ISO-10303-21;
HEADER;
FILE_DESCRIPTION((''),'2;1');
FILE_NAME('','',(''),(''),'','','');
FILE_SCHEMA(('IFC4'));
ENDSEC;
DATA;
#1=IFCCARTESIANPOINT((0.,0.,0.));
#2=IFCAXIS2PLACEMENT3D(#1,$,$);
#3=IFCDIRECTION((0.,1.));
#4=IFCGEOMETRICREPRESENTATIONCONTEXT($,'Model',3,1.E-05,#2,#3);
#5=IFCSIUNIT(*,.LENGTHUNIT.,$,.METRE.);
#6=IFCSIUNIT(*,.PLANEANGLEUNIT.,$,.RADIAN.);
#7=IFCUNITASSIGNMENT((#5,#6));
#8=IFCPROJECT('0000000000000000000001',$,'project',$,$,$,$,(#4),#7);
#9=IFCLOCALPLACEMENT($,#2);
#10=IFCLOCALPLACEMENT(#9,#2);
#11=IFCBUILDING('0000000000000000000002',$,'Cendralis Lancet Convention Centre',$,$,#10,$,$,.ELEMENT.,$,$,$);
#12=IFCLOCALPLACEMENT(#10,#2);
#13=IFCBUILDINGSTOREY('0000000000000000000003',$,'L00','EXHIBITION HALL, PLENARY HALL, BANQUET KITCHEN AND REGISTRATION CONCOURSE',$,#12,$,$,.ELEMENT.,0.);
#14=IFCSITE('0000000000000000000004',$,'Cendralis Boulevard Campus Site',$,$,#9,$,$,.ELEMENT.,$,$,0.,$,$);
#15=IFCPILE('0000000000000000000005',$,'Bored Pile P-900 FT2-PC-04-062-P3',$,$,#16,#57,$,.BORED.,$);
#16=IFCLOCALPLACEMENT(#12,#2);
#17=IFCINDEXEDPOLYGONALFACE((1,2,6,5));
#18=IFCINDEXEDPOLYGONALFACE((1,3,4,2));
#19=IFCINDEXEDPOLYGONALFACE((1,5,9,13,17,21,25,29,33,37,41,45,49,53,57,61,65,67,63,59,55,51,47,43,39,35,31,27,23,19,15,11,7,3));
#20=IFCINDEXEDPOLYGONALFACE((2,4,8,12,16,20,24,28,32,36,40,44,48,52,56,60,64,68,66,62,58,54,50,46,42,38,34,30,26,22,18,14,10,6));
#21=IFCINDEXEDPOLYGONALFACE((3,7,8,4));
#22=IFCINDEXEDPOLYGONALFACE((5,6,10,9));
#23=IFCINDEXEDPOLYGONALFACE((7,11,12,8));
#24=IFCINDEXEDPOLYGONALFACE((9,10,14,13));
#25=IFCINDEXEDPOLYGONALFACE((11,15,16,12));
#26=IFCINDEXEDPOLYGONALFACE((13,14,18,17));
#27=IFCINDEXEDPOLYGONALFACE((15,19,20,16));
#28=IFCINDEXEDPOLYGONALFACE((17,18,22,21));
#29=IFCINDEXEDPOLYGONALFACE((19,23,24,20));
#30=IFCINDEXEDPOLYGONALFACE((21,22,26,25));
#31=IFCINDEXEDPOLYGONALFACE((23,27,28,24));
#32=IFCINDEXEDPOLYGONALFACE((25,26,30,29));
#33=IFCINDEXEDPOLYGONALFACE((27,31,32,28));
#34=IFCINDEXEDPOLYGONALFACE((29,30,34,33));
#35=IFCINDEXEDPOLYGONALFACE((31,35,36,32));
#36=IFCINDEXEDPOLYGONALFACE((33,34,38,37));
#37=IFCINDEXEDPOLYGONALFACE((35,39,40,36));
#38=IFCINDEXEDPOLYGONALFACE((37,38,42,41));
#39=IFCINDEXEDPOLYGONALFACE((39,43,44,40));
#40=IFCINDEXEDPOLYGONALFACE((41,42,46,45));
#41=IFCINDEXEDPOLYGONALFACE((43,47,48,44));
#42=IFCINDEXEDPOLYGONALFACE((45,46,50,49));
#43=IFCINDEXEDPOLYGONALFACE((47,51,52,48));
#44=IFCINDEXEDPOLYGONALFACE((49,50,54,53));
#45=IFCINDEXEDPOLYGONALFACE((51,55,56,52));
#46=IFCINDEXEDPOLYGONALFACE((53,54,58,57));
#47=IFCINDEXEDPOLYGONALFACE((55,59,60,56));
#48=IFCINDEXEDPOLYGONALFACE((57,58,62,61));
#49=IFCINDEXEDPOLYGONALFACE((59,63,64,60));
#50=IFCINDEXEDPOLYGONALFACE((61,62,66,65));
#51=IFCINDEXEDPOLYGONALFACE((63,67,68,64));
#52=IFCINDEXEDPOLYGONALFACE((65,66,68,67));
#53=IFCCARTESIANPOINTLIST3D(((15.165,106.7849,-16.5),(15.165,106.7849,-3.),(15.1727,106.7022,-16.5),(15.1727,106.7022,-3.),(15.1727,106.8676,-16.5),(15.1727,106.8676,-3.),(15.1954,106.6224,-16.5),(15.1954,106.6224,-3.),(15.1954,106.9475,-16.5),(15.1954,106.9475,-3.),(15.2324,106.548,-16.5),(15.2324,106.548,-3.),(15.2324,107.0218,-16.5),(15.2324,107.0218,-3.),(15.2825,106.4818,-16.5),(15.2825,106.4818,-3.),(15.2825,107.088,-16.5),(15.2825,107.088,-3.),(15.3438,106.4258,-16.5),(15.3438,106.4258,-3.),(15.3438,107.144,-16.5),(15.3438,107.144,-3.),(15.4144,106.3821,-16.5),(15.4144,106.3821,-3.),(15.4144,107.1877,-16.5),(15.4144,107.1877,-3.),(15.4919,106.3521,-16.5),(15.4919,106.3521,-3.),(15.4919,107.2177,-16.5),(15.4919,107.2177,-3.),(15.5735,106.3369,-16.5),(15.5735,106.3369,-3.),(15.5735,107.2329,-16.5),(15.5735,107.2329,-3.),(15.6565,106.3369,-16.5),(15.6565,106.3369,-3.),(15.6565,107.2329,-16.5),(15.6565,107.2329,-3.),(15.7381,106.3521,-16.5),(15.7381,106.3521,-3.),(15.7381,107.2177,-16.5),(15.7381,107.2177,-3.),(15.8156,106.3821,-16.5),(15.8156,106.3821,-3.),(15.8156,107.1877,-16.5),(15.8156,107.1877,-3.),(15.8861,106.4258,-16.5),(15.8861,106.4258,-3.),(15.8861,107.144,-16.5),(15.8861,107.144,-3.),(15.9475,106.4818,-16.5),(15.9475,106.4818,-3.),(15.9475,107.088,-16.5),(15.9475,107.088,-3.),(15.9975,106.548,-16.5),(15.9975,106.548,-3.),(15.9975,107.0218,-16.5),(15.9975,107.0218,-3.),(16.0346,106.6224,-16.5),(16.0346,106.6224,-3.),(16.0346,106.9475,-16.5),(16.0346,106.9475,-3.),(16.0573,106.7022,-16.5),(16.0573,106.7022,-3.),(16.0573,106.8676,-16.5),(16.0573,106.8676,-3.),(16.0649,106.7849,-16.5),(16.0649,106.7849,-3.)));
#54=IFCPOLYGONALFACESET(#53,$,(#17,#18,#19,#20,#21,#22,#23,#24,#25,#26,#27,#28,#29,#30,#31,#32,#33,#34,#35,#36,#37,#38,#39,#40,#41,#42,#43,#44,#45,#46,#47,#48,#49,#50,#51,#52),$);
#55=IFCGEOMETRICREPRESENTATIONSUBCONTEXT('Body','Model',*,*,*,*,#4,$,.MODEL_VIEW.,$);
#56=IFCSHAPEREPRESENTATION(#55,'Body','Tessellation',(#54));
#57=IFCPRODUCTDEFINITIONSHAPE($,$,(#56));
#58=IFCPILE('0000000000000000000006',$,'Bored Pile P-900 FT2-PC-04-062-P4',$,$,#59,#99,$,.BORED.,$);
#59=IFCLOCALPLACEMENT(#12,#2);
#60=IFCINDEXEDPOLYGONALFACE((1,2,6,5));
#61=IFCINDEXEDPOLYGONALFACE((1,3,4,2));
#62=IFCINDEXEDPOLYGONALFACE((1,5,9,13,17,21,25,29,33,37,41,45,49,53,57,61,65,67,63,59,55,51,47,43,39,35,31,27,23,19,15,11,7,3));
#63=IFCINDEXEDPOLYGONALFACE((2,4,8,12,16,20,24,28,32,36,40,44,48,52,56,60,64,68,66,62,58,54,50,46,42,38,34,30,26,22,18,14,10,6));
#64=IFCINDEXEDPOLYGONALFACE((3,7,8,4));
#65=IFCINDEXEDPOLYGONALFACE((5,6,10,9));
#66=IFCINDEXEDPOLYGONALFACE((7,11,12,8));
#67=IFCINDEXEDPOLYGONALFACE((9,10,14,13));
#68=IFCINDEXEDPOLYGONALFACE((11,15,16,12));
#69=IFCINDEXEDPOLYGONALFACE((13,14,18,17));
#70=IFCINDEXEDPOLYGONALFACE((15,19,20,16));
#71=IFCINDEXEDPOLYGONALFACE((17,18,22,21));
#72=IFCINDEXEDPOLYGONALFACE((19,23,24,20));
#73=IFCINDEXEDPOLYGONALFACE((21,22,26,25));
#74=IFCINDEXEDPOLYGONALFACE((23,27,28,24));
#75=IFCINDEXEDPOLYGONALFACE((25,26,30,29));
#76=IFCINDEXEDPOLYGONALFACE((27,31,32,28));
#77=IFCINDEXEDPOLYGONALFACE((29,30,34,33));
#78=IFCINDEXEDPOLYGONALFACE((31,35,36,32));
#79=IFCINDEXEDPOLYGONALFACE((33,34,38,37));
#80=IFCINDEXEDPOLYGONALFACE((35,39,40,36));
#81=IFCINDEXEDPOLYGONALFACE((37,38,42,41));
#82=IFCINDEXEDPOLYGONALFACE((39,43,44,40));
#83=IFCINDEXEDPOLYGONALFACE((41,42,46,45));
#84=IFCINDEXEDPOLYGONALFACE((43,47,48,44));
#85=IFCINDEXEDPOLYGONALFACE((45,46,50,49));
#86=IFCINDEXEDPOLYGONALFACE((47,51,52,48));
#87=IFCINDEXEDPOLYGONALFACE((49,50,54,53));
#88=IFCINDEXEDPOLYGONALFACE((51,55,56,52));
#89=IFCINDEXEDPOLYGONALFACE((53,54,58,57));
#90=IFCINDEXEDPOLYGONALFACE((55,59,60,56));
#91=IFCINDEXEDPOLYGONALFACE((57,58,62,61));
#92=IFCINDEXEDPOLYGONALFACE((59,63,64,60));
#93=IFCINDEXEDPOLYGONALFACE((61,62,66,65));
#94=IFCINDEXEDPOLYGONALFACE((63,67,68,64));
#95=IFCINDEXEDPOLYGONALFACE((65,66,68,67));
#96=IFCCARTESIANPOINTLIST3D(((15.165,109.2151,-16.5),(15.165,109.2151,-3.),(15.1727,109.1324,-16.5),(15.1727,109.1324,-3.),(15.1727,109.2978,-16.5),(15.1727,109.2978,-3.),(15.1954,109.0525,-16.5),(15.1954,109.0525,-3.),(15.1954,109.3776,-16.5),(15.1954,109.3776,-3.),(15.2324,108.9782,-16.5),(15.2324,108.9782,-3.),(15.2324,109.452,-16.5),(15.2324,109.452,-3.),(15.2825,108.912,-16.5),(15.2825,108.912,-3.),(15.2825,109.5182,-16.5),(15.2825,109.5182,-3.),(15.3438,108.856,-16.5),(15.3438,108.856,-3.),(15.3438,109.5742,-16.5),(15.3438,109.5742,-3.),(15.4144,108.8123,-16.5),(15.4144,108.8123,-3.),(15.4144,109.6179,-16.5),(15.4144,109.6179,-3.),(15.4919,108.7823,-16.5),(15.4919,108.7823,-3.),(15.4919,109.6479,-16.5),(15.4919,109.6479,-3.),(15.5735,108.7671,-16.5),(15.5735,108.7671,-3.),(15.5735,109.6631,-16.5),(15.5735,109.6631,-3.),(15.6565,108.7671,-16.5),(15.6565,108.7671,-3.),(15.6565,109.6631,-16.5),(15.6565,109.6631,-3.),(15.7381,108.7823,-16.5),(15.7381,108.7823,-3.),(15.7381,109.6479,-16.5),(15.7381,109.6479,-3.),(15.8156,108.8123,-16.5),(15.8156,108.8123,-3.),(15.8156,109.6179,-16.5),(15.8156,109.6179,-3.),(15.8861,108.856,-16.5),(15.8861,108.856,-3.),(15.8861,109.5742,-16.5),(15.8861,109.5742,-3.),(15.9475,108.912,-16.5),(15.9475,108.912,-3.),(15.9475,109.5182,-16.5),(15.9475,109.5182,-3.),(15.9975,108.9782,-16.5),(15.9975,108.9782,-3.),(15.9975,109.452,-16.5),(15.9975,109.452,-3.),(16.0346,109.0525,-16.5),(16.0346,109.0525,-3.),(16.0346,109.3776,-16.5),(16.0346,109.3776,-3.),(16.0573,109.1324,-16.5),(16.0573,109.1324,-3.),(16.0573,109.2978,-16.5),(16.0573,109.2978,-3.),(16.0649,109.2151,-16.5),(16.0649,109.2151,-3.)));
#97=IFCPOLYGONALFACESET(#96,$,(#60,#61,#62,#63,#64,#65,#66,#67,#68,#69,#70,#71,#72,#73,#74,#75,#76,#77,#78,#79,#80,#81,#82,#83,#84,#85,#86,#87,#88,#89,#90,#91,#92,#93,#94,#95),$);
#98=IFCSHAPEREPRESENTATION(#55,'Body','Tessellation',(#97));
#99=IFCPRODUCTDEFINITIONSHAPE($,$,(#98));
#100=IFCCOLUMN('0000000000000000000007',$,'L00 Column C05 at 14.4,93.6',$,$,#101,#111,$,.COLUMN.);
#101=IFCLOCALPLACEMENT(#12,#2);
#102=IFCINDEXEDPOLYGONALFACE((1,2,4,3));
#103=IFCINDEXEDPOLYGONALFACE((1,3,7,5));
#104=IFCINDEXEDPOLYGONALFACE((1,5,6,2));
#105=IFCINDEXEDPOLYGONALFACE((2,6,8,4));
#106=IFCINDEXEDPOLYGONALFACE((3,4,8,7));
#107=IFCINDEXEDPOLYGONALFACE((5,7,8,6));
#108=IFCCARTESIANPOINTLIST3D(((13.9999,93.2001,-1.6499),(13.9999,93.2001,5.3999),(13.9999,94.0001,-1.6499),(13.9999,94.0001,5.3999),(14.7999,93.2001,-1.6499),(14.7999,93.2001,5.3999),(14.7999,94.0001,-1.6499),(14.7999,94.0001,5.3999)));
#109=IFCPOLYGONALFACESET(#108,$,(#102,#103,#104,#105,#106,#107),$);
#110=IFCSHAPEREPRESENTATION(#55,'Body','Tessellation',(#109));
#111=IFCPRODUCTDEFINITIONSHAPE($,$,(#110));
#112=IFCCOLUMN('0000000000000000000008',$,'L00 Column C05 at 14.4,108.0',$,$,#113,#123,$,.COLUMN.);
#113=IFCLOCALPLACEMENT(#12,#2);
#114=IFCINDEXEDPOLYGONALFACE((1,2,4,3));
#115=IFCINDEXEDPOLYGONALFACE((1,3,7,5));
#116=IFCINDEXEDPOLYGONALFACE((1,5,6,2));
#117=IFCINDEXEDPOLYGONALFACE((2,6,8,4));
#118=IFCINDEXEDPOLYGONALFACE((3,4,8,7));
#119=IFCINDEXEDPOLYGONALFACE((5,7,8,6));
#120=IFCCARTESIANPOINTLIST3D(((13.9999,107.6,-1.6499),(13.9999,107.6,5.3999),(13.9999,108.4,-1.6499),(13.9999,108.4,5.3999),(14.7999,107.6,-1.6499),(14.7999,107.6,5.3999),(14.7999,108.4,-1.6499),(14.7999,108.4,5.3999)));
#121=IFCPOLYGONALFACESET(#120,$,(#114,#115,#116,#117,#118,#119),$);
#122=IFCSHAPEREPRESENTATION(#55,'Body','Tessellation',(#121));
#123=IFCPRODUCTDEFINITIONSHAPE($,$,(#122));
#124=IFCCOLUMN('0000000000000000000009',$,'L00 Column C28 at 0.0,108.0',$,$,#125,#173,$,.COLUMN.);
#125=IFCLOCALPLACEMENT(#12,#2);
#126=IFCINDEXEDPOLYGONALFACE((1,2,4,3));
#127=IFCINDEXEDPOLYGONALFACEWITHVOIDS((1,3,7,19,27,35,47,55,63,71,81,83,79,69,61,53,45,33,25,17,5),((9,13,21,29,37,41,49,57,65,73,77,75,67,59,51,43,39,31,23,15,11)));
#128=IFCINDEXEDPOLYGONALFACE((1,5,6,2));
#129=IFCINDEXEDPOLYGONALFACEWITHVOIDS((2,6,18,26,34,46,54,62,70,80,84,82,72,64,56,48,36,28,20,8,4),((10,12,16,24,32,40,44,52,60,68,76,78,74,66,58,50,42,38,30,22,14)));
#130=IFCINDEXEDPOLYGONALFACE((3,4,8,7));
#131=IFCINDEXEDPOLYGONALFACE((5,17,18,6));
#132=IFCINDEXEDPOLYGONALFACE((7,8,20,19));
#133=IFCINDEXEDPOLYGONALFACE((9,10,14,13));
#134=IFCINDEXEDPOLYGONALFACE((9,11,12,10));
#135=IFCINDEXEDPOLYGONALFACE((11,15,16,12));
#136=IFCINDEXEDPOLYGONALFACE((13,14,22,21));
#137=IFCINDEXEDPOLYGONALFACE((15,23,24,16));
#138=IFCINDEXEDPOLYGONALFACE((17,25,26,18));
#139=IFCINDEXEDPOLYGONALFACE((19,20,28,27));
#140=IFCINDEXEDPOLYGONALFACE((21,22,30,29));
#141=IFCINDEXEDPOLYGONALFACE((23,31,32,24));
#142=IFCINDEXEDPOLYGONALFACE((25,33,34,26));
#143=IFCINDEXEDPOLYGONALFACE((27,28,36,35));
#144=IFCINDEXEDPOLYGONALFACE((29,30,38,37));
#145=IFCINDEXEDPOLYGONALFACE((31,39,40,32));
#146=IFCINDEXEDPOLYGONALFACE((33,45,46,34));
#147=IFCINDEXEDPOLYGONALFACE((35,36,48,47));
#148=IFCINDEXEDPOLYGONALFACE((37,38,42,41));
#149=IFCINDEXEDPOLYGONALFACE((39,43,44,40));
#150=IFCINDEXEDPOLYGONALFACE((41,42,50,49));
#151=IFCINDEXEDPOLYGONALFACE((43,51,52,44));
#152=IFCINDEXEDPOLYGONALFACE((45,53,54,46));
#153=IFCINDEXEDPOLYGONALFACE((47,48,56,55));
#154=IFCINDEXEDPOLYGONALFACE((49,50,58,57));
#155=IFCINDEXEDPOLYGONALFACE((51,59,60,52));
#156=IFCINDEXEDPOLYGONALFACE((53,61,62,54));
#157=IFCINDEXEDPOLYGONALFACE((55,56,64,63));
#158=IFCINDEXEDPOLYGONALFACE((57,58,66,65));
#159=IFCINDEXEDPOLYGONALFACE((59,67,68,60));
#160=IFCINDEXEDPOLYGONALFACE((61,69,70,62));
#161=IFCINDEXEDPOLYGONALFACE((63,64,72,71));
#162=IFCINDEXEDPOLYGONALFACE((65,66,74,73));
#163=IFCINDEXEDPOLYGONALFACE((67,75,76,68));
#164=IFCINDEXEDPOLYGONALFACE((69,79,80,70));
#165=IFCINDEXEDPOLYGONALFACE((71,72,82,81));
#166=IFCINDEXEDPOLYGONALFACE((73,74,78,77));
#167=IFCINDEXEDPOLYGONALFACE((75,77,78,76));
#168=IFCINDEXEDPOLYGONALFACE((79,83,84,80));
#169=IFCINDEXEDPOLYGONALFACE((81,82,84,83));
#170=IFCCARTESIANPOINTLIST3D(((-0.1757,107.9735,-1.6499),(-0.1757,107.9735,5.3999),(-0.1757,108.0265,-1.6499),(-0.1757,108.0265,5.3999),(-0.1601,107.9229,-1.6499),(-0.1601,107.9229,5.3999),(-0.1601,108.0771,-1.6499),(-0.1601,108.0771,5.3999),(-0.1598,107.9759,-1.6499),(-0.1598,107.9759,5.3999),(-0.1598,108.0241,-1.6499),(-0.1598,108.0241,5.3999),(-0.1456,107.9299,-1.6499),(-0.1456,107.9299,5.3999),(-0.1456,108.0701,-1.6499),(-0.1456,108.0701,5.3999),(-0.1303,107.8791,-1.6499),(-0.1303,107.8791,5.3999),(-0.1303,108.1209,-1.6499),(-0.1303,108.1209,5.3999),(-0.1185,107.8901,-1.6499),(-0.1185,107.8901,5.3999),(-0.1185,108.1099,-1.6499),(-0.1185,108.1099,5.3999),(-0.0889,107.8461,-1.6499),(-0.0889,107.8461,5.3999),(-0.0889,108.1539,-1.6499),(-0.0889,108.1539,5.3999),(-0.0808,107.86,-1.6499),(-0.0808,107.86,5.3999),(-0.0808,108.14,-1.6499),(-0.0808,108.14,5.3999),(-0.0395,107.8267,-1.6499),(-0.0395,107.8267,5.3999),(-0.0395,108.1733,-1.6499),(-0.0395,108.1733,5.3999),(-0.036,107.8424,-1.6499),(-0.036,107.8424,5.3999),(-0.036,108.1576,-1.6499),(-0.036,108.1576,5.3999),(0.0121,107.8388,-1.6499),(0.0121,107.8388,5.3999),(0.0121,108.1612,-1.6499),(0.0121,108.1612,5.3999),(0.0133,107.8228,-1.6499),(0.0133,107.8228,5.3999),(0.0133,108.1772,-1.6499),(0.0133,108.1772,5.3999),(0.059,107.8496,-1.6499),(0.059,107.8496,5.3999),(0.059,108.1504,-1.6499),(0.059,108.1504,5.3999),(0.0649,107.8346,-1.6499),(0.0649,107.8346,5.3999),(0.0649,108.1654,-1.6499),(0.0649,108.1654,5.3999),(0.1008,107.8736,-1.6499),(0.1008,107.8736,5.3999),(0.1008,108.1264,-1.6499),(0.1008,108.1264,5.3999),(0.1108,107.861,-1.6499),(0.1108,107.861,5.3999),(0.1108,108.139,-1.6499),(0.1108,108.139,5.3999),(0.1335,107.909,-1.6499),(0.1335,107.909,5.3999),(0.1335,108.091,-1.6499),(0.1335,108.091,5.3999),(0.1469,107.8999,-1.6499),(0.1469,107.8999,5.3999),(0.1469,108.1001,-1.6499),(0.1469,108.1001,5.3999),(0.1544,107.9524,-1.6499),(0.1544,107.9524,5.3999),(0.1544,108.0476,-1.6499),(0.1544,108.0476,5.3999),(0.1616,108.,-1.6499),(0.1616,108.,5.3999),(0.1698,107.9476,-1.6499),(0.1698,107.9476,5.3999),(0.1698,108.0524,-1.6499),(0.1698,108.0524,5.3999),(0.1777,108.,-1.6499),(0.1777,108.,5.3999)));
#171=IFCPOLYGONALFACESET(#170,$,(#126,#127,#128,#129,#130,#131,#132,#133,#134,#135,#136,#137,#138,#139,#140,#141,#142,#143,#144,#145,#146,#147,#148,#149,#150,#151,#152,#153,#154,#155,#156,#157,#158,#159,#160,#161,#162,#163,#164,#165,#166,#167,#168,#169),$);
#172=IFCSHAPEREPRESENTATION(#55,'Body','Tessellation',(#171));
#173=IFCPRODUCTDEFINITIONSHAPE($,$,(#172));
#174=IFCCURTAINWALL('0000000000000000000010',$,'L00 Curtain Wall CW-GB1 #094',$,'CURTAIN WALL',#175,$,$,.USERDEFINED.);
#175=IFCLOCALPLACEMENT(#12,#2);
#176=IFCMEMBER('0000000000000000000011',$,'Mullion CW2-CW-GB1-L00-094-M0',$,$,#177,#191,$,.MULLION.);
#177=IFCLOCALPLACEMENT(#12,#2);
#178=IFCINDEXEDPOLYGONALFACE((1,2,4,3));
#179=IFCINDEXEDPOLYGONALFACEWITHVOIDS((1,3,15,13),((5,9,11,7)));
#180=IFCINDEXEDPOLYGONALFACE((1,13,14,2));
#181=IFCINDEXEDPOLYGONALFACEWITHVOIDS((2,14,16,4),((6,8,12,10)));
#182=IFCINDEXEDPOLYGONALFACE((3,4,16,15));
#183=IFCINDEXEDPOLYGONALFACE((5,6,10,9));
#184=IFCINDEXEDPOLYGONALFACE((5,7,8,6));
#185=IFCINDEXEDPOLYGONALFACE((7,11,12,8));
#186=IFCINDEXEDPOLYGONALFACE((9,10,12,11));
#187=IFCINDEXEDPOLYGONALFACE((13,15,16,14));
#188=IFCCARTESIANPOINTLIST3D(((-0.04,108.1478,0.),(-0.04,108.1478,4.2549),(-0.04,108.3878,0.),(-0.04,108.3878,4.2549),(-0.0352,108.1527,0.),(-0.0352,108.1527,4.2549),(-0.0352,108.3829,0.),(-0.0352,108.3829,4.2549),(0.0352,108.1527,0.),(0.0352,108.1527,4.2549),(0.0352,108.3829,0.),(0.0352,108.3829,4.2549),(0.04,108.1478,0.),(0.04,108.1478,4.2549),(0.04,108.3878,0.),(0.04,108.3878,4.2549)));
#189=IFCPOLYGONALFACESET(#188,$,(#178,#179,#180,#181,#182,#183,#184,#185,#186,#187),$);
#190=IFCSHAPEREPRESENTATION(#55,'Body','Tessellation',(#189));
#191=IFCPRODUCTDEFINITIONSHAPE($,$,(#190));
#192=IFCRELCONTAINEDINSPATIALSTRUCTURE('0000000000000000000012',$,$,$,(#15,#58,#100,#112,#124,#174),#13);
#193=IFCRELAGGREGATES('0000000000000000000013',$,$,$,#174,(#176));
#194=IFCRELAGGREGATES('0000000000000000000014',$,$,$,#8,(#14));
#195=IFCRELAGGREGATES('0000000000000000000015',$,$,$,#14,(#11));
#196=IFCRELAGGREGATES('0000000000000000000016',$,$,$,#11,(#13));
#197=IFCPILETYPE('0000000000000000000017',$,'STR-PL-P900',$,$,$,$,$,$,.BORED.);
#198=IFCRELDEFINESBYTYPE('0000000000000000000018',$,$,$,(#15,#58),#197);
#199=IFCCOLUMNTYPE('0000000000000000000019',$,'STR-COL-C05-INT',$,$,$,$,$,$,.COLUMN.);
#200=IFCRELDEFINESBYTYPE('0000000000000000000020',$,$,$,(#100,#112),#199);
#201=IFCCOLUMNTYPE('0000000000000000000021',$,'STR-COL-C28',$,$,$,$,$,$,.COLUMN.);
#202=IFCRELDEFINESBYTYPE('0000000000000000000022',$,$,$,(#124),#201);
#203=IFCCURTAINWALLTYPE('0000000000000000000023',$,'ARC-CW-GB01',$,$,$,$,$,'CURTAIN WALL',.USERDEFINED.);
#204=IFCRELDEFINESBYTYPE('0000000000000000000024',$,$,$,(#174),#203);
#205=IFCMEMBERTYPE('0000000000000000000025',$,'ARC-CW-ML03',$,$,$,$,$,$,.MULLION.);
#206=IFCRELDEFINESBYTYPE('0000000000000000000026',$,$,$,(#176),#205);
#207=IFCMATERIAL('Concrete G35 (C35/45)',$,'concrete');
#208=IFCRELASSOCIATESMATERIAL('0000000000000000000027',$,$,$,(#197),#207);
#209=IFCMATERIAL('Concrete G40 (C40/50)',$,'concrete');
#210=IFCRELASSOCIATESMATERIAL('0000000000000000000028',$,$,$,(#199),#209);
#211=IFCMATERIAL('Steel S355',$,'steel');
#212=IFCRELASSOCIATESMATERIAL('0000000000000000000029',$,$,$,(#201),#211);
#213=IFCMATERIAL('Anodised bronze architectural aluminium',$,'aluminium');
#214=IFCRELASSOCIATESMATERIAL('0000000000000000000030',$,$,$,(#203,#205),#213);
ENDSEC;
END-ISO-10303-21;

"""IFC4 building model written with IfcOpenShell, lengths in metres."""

from ifc_helpers import new_model, si_unit, direction, frame, origin, origin_2d, place, context, subcontext, project, spatial, rectangle, hollow_rectangle, circle, hollow_circle, extrude, material, material_profile, profile_set, type_object, element, aggregate, save


model = new_model("IFC4")

# Units and contexts
model_context = context("Model", 3, precision=1e-05, world=origin(), true_north=direction((0.0, 1.0)))
body_context = subcontext(model_context, "Body", "Model", "MODEL_VIEW")
ifc_project = project(units=[si_unit("LENGTHUNIT", "METRE"), si_unit("PLANEANGLEUNIT", "RADIAN")], contexts=[model_context])

# Site, building, storey
site_placement = place(None, origin())
site = spatial("IfcSite", under=ifc_project, at=site_placement, Name="Cendralis Boulevard Campus Site", CompositionType="ELEMENT", RefElevation=0.0)
building_placement = place(site_placement, origin())
building = spatial("IfcBuilding", under=site, at=building_placement, Name="Cendralis Lancet Convention Centre", CompositionType="ELEMENT")
storey_placement = place(building_placement, origin())
storey = spatial("IfcBuildingStorey", under=building, at=storey_placement, Name="L00", Description="EXHIBITION HALL, PLENARY HALL, BANQUET KITCHEN AND REGISTRATION CONCOURSE", CompositionType="ELEMENT", Elevation=0.0)

# Shared definitions
ifc_material_1 = material(Name="Concrete G35 (C35/45)", Category="concrete")

# Piles
ifc_material_profile_1 = material_profile(ifc_material_1, circle(Radius=0.45, at=origin_2d()), Name="BORED PILE D900")
ifc_profile_set_1 = profile_set([ifc_material_profile_1], Name="Concrete G35 (C35/45)")
pile_type = type_object("IfcPileType", Name="STR-PL-P900", PredefinedType="BORED", material=ifc_profile_set_1)
for number, where, z_axis, x_axis, name in (
    (1, (15.615, 106.7849, -3.0), (0.0, 0.0, -1.0), (1.0, 0.0, 0.0), "Bored Pile P-900 FT2-PC-04-062-P3"),
    (2, (15.615, 109.2151, -3.0), (0.0, 0.0, -1.0), (1.0, 0.0, 0.0), "Bored Pile P-900 FT2-PC-04-062-P4"),
):
    element("IfcPile", number, at=place(storey_placement, frame(where, z_axis=z_axis, x_axis=x_axis)), inside=storey, type_object=pile_type, Name=name, PredefinedType="BORED", context=body_context, shape_type="SweptSolid", body=[
        extrude(circle(Radius=0.45, at=origin_2d()), origin(), (0.0, 0.0, 1.0), 13.5),
    ])

# Columns
ifc_material_2 = material(Name="Concrete G40 (C40/50)", Category="concrete")
ifc_material_profile_2 = material_profile(ifc_material_2, rectangle(XDim=0.8, YDim=0.8, at=origin_2d()), Name="RC 800x800")
ifc_profile_set_2 = profile_set([ifc_material_profile_2], Name="Concrete G40 (C40/50)")
column_type_1 = type_object("IfcColumnType", Name="STR-COL-C05-INT", PredefinedType="COLUMN", material=ifc_profile_set_2)
for number, where, z_axis, x_axis, name in (
    (3, (14.3999, 93.6001, -1.6499), (0.0, 0.0, 1.0), (1.0, 0.0, 0.0), "L00 Column C05 at 14.4,93.6"),
    (4, (14.3999, 108.0, -1.6499), (0.0, 0.0, 1.0), (1.0, 0.0, 0.0), "L00 Column C05 at 14.4,108.0"),
):
    element("IfcColumn", number, at=place(storey_placement, frame(where, z_axis=z_axis, x_axis=x_axis)), inside=storey, type_object=column_type_1, Name=name, PredefinedType="COLUMN", context=body_context, shape_type="SweptSolid", body=[
        extrude(rectangle(XDim=0.8, YDim=0.8, at=origin_2d()), origin(), (0.0, 0.0, 1.0), 7.0498),
    ])
ifc_material_3 = material(Name="Steel S355", Category="steel")
ifc_material_profile_3 = material_profile(ifc_material_3, hollow_circle(Radius=0.1777, WallThickness=0.0161, at=origin_2d()), Name="CHS 355.6x16.0")
ifc_profile_set_3 = profile_set([ifc_material_profile_3], Name="Steel S355")
column_type_2 = type_object("IfcColumnType", Name="STR-COL-C28", PredefinedType="COLUMN", material=ifc_profile_set_3)
column_placement = place(storey_placement, frame((0.0, 108.0, -1.6499), z_axis=(0.0, 0.0, 1.0), x_axis=(1.0, 0.0, 0.0)))
element("IfcColumn", 5, at=column_placement, inside=storey, type_object=column_type_2, Name="L00 Column C28 at 0.0,108.0", PredefinedType="COLUMN", context=body_context, shape_type="SweptSolid", body=[
    extrude(hollow_circle(Radius=0.1777, WallThickness=0.0161, at=origin_2d()), origin(), (0.0, 0.0, 1.0), 7.0498),
])

# Curtain wall, member
ifc_material_4 = material(Name="Anodised bronze architectural aluminium", Category="aluminium")
curtain_wall_type = type_object("IfcCurtainWallType", Name="ARC-CW-GB01", ElementType="CURTAIN WALL", PredefinedType="USERDEFINED", material=ifc_material_4)
curtain_wall_placement = place(storey_placement, origin())
curtain_wall = element("IfcCurtainWall", 6, at=curtain_wall_placement, inside=storey, type_object=curtain_wall_type, Name="L00 Curtain Wall CW-GB1 #094", ObjectType="CURTAIN WALL", PredefinedType="USERDEFINED")
ifc_material_profile_4 = material_profile(ifc_material_4, hollow_rectangle(XDim=0.0801, YDim=0.24, WallThickness=0.0049, at=origin_2d()), Name="AL-MULL 80x240x5.0")
ifc_profile_set_4 = profile_set([ifc_material_profile_4], Name="Anodised bronze architectural aluminium")
member_type_1 = type_object("IfcMemberType", Name="ARC-CW-ML03", PredefinedType="MULLION", material=ifc_profile_set_4)
member_1_placement = place(storey_placement, frame((0.0, 108.2678, 0.0), z_axis=(0.0, 0.0, 1.0), x_axis=(1.0, 0.0, 0.0)))
member_1 = element("IfcMember", 7, at=member_1_placement, type_object=member_type_1, Name="Mullion CW2-CW-GB1-L00-094-M0", PredefinedType="MULLION", context=body_context, shape_type="SweptSolid", body=[
    extrude(hollow_rectangle(XDim=0.0801, YDim=0.24, WallThickness=0.0049, at=origin_2d()), origin(), (0.0, 0.0, 1.0), 4.2549),
])
aggregate(curtain_wall, [member_1])

save(model, "model.ifc")
